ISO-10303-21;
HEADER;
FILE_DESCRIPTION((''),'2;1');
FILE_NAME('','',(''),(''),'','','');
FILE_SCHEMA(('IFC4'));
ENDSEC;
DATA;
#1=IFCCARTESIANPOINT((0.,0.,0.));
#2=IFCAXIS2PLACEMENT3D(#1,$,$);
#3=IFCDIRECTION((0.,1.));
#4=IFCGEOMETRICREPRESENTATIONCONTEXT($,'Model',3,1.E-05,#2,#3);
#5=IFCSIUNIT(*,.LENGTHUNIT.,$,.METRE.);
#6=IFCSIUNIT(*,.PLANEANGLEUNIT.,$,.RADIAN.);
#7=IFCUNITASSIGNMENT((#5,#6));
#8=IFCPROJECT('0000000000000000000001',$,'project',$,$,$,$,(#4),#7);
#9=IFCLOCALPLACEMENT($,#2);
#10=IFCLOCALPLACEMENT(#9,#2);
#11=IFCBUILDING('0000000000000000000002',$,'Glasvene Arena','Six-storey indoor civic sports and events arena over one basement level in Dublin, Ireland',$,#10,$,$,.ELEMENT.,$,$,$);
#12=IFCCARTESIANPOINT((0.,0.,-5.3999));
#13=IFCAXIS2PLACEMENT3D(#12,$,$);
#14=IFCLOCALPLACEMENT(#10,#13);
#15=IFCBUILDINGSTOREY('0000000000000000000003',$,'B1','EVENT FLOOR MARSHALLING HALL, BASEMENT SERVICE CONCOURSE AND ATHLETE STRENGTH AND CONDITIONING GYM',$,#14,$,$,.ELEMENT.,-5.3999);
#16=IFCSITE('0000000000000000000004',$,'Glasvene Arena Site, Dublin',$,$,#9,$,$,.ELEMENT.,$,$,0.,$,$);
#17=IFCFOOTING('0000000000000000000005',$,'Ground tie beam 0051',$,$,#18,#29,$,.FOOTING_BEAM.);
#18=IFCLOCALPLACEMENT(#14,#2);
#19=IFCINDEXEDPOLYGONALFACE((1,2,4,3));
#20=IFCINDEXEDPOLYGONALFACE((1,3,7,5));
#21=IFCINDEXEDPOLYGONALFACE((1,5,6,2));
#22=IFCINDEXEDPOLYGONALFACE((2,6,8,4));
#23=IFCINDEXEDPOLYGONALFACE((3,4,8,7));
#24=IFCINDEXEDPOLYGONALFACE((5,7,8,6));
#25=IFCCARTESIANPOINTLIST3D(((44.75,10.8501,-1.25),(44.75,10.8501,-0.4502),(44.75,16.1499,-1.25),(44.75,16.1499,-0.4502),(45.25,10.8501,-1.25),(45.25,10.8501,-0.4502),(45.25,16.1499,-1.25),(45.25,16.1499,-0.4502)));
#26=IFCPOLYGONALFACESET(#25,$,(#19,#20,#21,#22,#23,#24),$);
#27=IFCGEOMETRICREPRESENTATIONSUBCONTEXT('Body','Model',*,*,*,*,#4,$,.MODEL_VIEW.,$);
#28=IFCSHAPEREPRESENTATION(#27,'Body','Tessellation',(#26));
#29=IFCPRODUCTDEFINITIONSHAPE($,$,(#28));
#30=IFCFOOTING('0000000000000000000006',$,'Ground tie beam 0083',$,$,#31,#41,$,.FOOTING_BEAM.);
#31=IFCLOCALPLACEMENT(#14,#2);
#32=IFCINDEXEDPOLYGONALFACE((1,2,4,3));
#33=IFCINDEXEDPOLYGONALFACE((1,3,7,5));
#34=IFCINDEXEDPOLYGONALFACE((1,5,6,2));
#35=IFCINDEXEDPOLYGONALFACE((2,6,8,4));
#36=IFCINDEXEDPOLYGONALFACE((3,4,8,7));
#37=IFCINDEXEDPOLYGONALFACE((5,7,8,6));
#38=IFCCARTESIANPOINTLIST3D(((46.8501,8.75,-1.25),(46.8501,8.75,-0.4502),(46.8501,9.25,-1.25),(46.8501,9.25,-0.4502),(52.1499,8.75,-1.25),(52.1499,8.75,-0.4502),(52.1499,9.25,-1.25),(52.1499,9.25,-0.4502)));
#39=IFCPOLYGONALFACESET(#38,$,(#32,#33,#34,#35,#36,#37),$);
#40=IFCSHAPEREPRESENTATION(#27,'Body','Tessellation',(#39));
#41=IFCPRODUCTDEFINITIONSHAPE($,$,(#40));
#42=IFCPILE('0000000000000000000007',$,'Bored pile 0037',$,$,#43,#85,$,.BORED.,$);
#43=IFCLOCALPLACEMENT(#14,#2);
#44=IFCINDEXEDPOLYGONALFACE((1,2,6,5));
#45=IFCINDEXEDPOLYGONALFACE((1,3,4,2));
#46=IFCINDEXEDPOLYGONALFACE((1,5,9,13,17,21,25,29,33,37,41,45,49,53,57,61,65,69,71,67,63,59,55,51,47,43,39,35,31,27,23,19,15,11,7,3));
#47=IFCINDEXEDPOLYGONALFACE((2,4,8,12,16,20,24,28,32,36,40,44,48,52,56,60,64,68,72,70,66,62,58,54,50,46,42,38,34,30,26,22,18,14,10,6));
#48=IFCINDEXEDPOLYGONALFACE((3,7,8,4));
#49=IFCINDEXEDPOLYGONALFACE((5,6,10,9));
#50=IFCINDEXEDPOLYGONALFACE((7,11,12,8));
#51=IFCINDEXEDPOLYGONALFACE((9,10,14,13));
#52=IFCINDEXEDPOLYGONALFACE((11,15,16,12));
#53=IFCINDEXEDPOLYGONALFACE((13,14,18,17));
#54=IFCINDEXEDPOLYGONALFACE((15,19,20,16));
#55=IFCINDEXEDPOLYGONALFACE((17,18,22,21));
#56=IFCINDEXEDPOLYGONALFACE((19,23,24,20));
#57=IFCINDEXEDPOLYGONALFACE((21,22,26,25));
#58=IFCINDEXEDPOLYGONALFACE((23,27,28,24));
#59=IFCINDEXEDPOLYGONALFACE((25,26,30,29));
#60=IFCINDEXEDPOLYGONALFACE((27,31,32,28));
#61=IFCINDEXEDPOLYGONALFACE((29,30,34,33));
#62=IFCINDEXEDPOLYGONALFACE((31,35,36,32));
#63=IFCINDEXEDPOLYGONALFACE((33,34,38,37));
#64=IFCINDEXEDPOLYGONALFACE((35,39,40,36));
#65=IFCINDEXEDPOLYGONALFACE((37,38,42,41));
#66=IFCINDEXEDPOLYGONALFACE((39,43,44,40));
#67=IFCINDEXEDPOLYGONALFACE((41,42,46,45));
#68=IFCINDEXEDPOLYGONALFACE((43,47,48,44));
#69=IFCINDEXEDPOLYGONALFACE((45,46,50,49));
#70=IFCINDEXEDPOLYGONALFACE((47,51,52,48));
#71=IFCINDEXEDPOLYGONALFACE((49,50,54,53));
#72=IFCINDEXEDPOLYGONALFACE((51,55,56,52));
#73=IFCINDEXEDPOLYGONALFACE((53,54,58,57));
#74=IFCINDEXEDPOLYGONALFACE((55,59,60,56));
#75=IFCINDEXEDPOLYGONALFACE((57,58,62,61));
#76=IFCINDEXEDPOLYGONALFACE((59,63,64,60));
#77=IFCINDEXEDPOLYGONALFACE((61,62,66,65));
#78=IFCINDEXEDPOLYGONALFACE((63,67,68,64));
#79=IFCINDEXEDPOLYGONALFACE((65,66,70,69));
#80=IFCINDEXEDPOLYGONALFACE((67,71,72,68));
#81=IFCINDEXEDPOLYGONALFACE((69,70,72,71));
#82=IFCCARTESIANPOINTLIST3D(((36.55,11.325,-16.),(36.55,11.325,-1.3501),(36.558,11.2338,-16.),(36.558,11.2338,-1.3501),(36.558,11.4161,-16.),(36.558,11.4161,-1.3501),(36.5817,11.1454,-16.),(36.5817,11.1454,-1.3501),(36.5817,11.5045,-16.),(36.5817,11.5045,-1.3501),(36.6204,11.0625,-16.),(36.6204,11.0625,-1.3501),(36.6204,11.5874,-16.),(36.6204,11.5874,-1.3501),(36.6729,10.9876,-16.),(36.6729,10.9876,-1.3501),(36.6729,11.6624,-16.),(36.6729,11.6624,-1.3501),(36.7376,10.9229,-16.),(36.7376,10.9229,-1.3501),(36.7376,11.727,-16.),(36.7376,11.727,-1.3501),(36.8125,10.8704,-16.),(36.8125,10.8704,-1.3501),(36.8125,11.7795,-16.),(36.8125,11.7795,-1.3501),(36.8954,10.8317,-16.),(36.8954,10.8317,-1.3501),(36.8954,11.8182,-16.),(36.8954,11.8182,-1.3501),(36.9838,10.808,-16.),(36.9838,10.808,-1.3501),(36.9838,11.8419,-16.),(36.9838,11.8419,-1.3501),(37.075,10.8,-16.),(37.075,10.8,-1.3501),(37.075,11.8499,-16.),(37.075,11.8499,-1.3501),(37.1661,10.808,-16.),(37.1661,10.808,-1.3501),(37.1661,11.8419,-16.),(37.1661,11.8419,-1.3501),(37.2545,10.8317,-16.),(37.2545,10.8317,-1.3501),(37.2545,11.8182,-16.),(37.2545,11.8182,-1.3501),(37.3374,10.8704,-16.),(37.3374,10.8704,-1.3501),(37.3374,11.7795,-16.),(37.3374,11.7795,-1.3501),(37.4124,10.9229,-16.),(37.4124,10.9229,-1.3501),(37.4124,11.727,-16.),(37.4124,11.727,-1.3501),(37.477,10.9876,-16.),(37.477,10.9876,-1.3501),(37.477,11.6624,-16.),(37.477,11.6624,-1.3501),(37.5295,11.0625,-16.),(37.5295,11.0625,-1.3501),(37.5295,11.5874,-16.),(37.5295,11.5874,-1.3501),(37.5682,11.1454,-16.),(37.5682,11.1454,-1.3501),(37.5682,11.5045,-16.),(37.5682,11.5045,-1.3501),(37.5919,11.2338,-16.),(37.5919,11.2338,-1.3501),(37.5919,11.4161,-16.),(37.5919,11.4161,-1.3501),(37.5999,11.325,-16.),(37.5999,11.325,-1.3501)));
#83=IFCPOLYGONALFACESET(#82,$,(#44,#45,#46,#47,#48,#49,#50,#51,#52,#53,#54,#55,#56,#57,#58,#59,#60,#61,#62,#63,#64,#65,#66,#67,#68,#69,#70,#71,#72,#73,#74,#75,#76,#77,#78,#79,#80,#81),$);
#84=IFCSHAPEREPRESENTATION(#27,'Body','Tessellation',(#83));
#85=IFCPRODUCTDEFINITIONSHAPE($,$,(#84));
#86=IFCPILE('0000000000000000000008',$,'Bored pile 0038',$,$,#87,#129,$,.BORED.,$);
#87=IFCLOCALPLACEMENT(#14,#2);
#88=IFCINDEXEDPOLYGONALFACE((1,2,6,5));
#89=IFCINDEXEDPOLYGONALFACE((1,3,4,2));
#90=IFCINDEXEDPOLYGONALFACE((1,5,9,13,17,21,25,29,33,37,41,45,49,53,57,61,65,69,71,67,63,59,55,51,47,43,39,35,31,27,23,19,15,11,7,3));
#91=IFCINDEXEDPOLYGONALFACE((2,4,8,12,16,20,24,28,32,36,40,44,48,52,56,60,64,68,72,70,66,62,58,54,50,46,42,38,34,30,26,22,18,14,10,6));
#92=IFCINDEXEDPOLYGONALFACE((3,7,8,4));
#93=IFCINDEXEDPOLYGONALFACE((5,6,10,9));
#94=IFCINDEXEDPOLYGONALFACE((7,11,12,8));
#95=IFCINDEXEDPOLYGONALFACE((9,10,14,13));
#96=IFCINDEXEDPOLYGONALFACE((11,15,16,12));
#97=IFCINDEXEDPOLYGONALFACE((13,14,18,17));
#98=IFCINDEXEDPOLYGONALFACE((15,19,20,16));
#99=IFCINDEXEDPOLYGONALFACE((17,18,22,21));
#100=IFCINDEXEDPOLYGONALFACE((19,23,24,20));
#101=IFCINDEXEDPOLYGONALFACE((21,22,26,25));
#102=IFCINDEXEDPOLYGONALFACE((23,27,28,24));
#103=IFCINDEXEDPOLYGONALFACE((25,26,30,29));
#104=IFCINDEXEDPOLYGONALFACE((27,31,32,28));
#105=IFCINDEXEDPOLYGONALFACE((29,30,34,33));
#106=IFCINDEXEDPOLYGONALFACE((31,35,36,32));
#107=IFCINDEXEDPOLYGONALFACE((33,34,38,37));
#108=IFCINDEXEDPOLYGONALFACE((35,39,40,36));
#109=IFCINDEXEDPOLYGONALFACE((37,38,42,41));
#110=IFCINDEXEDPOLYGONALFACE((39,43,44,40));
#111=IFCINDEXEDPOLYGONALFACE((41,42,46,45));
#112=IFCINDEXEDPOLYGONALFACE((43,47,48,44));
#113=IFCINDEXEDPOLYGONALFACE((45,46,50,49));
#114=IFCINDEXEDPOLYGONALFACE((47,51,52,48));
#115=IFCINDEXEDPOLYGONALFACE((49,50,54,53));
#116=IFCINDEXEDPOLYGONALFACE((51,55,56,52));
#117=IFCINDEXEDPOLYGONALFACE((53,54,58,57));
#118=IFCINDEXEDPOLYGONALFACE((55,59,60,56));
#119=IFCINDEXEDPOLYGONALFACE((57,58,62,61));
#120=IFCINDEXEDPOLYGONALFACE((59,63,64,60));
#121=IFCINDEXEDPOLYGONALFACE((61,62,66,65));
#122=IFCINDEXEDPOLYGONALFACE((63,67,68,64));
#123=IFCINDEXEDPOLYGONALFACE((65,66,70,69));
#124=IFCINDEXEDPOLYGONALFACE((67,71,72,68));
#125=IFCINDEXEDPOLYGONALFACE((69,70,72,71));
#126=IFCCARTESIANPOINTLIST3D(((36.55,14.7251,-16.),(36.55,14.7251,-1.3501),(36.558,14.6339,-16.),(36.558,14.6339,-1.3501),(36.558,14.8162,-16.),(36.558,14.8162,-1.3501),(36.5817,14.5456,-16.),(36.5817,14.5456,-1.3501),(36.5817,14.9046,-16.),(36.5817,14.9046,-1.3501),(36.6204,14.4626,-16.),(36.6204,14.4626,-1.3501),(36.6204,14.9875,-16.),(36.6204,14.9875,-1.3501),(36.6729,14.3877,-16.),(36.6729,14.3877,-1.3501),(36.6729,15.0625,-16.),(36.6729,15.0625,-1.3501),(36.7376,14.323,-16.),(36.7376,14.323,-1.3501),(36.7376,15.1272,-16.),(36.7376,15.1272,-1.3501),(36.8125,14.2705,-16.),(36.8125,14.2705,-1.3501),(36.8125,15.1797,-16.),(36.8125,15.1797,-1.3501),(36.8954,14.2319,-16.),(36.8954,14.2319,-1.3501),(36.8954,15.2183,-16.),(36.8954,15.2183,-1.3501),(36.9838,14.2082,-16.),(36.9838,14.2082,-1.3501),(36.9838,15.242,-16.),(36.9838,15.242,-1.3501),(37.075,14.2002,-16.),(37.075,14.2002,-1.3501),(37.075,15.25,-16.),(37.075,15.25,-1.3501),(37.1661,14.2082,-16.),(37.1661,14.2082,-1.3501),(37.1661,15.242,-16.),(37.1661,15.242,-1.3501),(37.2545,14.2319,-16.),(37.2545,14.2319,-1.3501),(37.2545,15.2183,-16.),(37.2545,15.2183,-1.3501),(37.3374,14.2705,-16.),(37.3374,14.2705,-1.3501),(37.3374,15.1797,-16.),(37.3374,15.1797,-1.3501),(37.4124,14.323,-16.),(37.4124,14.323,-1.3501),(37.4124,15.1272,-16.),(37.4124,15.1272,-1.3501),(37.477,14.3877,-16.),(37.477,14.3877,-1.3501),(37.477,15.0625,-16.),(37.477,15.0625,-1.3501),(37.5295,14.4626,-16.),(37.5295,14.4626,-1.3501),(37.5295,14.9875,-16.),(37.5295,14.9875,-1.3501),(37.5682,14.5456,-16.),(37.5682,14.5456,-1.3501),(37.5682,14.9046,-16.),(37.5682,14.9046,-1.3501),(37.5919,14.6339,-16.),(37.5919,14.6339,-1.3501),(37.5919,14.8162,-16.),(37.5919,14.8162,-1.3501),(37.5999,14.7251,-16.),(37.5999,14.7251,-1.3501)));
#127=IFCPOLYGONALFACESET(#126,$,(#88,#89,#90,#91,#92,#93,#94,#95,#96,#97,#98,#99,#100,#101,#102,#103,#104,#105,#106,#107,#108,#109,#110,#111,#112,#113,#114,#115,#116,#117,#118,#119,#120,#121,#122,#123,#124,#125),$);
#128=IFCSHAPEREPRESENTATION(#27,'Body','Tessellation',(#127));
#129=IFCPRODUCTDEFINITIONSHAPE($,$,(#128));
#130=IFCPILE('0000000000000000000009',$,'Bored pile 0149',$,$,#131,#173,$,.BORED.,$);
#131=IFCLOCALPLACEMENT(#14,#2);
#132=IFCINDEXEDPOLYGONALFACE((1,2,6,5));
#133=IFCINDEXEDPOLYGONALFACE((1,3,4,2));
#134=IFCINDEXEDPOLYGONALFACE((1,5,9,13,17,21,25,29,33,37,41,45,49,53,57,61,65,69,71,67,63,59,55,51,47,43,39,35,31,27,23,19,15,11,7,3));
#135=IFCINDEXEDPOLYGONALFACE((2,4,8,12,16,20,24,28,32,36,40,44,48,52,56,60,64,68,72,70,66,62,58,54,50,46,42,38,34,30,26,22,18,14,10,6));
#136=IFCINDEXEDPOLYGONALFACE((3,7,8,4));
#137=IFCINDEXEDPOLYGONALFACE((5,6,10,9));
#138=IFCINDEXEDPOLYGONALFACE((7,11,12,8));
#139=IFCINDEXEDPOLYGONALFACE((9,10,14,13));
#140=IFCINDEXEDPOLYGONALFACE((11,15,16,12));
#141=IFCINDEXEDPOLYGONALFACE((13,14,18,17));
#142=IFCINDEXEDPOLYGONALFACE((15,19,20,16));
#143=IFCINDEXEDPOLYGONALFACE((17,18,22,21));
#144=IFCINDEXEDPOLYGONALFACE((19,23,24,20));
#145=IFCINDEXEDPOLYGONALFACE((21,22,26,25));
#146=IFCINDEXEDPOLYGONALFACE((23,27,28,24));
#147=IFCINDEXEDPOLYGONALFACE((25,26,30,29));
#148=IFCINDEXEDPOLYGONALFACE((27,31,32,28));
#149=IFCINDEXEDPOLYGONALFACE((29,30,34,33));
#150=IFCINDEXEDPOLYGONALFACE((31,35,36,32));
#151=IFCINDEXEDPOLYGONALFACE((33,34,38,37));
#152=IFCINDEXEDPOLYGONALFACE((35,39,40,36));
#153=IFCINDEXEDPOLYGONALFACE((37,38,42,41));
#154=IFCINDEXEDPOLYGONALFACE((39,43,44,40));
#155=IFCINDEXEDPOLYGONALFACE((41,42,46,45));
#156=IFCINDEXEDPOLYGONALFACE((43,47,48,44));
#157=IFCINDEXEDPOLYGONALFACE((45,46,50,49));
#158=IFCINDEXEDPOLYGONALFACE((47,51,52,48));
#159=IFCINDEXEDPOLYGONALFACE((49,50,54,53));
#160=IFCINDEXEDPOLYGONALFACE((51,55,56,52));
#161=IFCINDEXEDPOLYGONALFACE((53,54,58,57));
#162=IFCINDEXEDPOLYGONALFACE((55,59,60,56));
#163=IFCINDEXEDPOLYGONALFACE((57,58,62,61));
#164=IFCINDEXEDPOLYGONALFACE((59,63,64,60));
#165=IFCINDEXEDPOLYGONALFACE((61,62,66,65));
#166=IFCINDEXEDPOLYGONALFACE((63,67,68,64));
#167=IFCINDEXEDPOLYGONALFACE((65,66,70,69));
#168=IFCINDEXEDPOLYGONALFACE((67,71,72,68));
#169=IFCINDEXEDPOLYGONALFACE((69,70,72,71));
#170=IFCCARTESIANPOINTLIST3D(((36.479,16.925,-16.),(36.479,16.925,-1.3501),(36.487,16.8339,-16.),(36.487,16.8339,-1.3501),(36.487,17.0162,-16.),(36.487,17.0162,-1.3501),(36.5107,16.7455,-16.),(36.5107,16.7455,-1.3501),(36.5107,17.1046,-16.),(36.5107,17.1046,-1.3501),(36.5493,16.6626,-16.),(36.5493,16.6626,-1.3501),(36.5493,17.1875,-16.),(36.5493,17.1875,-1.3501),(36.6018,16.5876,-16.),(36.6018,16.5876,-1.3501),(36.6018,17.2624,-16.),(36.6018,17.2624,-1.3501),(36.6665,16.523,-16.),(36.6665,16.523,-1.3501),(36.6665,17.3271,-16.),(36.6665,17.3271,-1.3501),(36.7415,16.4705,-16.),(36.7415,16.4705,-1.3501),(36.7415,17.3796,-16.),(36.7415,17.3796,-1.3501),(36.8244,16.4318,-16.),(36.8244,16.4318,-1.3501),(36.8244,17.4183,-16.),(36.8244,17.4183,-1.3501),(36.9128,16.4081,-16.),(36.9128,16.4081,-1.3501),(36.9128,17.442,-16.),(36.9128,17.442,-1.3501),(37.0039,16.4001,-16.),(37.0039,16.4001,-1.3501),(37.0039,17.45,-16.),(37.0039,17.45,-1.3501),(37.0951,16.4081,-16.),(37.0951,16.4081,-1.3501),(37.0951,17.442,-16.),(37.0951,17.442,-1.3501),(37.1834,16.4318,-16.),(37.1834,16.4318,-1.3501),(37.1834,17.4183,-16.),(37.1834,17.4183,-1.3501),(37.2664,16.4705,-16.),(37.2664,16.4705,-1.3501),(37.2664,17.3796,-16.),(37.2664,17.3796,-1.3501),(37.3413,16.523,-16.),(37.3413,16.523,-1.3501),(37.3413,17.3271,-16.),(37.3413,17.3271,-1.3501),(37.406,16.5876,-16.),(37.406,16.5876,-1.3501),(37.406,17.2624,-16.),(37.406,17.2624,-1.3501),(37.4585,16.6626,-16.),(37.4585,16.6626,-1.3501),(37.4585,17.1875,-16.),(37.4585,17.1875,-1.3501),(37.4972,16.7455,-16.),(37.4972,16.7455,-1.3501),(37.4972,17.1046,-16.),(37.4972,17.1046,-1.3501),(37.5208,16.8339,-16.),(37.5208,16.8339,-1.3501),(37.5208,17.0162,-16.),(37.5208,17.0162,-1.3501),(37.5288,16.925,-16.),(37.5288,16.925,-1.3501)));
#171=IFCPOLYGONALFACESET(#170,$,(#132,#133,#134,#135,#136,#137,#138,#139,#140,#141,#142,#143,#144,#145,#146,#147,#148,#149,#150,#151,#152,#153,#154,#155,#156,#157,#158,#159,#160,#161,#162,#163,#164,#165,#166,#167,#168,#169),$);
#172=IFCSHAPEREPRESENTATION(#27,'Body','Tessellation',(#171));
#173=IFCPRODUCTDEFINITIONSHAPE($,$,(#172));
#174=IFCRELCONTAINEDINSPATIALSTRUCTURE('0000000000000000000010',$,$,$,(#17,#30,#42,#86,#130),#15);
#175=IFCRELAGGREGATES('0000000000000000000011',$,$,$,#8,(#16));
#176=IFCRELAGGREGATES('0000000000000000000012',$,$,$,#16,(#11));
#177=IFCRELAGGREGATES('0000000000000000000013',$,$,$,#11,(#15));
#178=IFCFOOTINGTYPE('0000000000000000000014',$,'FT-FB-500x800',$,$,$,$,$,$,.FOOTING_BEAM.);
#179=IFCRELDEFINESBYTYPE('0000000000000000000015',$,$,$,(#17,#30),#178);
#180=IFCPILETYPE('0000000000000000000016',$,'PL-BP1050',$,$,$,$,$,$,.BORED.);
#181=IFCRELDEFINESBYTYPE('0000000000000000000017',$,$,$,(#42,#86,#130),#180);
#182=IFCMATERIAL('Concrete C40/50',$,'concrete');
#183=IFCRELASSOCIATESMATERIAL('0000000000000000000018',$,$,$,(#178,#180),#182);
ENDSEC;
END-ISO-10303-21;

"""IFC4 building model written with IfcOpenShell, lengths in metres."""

from ifc_helpers import new_model, si_unit, direction, frame, origin, origin_2d, place, context, subcontext, project, spatial, polyline, circle, outline, extrude, material, material_profile, profile_set, type_object, element, save


model = new_model("IFC4")

# Units and contexts
model_context = context("Model", 3, precision=1e-05, world=origin(), true_north=direction((0.0, 1.0)))
body_context = subcontext(model_context, "Body", "Model", "MODEL_VIEW")
ifc_project = project(units=[si_unit("LENGTHUNIT", "METRE"), si_unit("PLANEANGLEUNIT", "RADIAN")], contexts=[model_context])

# Site, building, storey
site_placement = place(None, origin())
site = spatial("IfcSite", under=ifc_project, at=site_placement, Name="Glasvene Arena Site, Dublin", CompositionType="ELEMENT", RefElevation=0.0)
building_placement = place(site_placement, origin())
building = spatial("IfcBuilding", under=site, at=building_placement, Name="Glasvene Arena", Description="Six-storey indoor civic sports and events arena over one basement level in Dublin, Ireland", CompositionType="ELEMENT")
storey_placement = place(building_placement, frame((0.0, 0.0, -5.3999)))
storey = spatial("IfcBuildingStorey", under=building, at=storey_placement, Name="B1", Description="EVENT FLOOR MARSHALLING HALL, BASEMENT SERVICE CONCOURSE AND ATHLETE STRENGTH AND CONDITIONING GYM", CompositionType="ELEMENT", Elevation=-5.3999)

# Footings
ifc_material_1 = material(Name="Concrete C40/50", Category="concrete")
footing_type = type_object("IfcFootingType", Name="FT-FB-500x800", PredefinedType="FOOTING_BEAM", material=ifc_material_1)
footing_1_placement = place(storey_placement, frame((45.0, 13.5, -1.25)))
element("IfcFooting", 1, at=footing_1_placement, inside=storey, type_object=footing_type, Name="Ground tie beam 0051", PredefinedType="FOOTING_BEAM", context=body_context, shape_type="SweptSolid", body=[
    extrude(outline(polyline([(-0.25, -2.6499), (0.25, -2.6499), (0.25, 2.6499), (-0.25, 2.6499), (-0.25, -2.6499)])), origin(), (0.0, 0.0, 1.0), 0.7998),
])
footing_2_placement = place(storey_placement, frame((49.5, 9.0, -1.25)))
element("IfcFooting", 2, at=footing_2_placement, inside=storey, type_object=footing_type, Name="Ground tie beam 0083", PredefinedType="FOOTING_BEAM", context=body_context, shape_type="SweptSolid", body=[
    extrude(outline(polyline([(-2.6499, -0.25), (2.6499, -0.25), (2.6499, 0.25), (-2.6499, 0.25), (-2.6499, -0.25)])), origin(), (0.0, 0.0, 1.0), 0.7998),
])

# Piles
ifc_material_profile_1 = material_profile(ifc_material_1, circle(Radius=0.5249, at=origin_2d()), Name="BORED PILE 1050")
ifc_profile_set_1 = profile_set([ifc_material_profile_1], Name="Concrete C40/50")
pile_type = type_object("IfcPileType", Name="PL-BP1050", PredefinedType="BORED", material=ifc_profile_set_1)
for number, where, z_axis, x_axis, name in (
    (3, (37.075, 11.325, -1.3501), (0.0, 0.0, -1.0), (1.0, 0.0, 0.0), "Bored pile 0037"),
    (4, (37.075, 14.7251, -1.3501), (0.0, 0.0, -1.0), (1.0, 0.0, 0.0), "Bored pile 0038"),
    (5, (37.0039, 16.925, -1.3501), (0.0, 0.0, -1.0), (1.0, 0.0, 0.0), "Bored pile 0149"),
):
    element("IfcPile", number, at=place(storey_placement, frame(where, z_axis=z_axis, x_axis=x_axis)), inside=storey, type_object=pile_type, Name=name, PredefinedType="BORED", context=body_context, shape_type="SweptSolid", body=[
        extrude(circle(Radius=0.5249, at=origin_2d()), origin(), (0.0, 0.0, 1.0), 14.6499),
    ])

save(model, "model.ifc")
